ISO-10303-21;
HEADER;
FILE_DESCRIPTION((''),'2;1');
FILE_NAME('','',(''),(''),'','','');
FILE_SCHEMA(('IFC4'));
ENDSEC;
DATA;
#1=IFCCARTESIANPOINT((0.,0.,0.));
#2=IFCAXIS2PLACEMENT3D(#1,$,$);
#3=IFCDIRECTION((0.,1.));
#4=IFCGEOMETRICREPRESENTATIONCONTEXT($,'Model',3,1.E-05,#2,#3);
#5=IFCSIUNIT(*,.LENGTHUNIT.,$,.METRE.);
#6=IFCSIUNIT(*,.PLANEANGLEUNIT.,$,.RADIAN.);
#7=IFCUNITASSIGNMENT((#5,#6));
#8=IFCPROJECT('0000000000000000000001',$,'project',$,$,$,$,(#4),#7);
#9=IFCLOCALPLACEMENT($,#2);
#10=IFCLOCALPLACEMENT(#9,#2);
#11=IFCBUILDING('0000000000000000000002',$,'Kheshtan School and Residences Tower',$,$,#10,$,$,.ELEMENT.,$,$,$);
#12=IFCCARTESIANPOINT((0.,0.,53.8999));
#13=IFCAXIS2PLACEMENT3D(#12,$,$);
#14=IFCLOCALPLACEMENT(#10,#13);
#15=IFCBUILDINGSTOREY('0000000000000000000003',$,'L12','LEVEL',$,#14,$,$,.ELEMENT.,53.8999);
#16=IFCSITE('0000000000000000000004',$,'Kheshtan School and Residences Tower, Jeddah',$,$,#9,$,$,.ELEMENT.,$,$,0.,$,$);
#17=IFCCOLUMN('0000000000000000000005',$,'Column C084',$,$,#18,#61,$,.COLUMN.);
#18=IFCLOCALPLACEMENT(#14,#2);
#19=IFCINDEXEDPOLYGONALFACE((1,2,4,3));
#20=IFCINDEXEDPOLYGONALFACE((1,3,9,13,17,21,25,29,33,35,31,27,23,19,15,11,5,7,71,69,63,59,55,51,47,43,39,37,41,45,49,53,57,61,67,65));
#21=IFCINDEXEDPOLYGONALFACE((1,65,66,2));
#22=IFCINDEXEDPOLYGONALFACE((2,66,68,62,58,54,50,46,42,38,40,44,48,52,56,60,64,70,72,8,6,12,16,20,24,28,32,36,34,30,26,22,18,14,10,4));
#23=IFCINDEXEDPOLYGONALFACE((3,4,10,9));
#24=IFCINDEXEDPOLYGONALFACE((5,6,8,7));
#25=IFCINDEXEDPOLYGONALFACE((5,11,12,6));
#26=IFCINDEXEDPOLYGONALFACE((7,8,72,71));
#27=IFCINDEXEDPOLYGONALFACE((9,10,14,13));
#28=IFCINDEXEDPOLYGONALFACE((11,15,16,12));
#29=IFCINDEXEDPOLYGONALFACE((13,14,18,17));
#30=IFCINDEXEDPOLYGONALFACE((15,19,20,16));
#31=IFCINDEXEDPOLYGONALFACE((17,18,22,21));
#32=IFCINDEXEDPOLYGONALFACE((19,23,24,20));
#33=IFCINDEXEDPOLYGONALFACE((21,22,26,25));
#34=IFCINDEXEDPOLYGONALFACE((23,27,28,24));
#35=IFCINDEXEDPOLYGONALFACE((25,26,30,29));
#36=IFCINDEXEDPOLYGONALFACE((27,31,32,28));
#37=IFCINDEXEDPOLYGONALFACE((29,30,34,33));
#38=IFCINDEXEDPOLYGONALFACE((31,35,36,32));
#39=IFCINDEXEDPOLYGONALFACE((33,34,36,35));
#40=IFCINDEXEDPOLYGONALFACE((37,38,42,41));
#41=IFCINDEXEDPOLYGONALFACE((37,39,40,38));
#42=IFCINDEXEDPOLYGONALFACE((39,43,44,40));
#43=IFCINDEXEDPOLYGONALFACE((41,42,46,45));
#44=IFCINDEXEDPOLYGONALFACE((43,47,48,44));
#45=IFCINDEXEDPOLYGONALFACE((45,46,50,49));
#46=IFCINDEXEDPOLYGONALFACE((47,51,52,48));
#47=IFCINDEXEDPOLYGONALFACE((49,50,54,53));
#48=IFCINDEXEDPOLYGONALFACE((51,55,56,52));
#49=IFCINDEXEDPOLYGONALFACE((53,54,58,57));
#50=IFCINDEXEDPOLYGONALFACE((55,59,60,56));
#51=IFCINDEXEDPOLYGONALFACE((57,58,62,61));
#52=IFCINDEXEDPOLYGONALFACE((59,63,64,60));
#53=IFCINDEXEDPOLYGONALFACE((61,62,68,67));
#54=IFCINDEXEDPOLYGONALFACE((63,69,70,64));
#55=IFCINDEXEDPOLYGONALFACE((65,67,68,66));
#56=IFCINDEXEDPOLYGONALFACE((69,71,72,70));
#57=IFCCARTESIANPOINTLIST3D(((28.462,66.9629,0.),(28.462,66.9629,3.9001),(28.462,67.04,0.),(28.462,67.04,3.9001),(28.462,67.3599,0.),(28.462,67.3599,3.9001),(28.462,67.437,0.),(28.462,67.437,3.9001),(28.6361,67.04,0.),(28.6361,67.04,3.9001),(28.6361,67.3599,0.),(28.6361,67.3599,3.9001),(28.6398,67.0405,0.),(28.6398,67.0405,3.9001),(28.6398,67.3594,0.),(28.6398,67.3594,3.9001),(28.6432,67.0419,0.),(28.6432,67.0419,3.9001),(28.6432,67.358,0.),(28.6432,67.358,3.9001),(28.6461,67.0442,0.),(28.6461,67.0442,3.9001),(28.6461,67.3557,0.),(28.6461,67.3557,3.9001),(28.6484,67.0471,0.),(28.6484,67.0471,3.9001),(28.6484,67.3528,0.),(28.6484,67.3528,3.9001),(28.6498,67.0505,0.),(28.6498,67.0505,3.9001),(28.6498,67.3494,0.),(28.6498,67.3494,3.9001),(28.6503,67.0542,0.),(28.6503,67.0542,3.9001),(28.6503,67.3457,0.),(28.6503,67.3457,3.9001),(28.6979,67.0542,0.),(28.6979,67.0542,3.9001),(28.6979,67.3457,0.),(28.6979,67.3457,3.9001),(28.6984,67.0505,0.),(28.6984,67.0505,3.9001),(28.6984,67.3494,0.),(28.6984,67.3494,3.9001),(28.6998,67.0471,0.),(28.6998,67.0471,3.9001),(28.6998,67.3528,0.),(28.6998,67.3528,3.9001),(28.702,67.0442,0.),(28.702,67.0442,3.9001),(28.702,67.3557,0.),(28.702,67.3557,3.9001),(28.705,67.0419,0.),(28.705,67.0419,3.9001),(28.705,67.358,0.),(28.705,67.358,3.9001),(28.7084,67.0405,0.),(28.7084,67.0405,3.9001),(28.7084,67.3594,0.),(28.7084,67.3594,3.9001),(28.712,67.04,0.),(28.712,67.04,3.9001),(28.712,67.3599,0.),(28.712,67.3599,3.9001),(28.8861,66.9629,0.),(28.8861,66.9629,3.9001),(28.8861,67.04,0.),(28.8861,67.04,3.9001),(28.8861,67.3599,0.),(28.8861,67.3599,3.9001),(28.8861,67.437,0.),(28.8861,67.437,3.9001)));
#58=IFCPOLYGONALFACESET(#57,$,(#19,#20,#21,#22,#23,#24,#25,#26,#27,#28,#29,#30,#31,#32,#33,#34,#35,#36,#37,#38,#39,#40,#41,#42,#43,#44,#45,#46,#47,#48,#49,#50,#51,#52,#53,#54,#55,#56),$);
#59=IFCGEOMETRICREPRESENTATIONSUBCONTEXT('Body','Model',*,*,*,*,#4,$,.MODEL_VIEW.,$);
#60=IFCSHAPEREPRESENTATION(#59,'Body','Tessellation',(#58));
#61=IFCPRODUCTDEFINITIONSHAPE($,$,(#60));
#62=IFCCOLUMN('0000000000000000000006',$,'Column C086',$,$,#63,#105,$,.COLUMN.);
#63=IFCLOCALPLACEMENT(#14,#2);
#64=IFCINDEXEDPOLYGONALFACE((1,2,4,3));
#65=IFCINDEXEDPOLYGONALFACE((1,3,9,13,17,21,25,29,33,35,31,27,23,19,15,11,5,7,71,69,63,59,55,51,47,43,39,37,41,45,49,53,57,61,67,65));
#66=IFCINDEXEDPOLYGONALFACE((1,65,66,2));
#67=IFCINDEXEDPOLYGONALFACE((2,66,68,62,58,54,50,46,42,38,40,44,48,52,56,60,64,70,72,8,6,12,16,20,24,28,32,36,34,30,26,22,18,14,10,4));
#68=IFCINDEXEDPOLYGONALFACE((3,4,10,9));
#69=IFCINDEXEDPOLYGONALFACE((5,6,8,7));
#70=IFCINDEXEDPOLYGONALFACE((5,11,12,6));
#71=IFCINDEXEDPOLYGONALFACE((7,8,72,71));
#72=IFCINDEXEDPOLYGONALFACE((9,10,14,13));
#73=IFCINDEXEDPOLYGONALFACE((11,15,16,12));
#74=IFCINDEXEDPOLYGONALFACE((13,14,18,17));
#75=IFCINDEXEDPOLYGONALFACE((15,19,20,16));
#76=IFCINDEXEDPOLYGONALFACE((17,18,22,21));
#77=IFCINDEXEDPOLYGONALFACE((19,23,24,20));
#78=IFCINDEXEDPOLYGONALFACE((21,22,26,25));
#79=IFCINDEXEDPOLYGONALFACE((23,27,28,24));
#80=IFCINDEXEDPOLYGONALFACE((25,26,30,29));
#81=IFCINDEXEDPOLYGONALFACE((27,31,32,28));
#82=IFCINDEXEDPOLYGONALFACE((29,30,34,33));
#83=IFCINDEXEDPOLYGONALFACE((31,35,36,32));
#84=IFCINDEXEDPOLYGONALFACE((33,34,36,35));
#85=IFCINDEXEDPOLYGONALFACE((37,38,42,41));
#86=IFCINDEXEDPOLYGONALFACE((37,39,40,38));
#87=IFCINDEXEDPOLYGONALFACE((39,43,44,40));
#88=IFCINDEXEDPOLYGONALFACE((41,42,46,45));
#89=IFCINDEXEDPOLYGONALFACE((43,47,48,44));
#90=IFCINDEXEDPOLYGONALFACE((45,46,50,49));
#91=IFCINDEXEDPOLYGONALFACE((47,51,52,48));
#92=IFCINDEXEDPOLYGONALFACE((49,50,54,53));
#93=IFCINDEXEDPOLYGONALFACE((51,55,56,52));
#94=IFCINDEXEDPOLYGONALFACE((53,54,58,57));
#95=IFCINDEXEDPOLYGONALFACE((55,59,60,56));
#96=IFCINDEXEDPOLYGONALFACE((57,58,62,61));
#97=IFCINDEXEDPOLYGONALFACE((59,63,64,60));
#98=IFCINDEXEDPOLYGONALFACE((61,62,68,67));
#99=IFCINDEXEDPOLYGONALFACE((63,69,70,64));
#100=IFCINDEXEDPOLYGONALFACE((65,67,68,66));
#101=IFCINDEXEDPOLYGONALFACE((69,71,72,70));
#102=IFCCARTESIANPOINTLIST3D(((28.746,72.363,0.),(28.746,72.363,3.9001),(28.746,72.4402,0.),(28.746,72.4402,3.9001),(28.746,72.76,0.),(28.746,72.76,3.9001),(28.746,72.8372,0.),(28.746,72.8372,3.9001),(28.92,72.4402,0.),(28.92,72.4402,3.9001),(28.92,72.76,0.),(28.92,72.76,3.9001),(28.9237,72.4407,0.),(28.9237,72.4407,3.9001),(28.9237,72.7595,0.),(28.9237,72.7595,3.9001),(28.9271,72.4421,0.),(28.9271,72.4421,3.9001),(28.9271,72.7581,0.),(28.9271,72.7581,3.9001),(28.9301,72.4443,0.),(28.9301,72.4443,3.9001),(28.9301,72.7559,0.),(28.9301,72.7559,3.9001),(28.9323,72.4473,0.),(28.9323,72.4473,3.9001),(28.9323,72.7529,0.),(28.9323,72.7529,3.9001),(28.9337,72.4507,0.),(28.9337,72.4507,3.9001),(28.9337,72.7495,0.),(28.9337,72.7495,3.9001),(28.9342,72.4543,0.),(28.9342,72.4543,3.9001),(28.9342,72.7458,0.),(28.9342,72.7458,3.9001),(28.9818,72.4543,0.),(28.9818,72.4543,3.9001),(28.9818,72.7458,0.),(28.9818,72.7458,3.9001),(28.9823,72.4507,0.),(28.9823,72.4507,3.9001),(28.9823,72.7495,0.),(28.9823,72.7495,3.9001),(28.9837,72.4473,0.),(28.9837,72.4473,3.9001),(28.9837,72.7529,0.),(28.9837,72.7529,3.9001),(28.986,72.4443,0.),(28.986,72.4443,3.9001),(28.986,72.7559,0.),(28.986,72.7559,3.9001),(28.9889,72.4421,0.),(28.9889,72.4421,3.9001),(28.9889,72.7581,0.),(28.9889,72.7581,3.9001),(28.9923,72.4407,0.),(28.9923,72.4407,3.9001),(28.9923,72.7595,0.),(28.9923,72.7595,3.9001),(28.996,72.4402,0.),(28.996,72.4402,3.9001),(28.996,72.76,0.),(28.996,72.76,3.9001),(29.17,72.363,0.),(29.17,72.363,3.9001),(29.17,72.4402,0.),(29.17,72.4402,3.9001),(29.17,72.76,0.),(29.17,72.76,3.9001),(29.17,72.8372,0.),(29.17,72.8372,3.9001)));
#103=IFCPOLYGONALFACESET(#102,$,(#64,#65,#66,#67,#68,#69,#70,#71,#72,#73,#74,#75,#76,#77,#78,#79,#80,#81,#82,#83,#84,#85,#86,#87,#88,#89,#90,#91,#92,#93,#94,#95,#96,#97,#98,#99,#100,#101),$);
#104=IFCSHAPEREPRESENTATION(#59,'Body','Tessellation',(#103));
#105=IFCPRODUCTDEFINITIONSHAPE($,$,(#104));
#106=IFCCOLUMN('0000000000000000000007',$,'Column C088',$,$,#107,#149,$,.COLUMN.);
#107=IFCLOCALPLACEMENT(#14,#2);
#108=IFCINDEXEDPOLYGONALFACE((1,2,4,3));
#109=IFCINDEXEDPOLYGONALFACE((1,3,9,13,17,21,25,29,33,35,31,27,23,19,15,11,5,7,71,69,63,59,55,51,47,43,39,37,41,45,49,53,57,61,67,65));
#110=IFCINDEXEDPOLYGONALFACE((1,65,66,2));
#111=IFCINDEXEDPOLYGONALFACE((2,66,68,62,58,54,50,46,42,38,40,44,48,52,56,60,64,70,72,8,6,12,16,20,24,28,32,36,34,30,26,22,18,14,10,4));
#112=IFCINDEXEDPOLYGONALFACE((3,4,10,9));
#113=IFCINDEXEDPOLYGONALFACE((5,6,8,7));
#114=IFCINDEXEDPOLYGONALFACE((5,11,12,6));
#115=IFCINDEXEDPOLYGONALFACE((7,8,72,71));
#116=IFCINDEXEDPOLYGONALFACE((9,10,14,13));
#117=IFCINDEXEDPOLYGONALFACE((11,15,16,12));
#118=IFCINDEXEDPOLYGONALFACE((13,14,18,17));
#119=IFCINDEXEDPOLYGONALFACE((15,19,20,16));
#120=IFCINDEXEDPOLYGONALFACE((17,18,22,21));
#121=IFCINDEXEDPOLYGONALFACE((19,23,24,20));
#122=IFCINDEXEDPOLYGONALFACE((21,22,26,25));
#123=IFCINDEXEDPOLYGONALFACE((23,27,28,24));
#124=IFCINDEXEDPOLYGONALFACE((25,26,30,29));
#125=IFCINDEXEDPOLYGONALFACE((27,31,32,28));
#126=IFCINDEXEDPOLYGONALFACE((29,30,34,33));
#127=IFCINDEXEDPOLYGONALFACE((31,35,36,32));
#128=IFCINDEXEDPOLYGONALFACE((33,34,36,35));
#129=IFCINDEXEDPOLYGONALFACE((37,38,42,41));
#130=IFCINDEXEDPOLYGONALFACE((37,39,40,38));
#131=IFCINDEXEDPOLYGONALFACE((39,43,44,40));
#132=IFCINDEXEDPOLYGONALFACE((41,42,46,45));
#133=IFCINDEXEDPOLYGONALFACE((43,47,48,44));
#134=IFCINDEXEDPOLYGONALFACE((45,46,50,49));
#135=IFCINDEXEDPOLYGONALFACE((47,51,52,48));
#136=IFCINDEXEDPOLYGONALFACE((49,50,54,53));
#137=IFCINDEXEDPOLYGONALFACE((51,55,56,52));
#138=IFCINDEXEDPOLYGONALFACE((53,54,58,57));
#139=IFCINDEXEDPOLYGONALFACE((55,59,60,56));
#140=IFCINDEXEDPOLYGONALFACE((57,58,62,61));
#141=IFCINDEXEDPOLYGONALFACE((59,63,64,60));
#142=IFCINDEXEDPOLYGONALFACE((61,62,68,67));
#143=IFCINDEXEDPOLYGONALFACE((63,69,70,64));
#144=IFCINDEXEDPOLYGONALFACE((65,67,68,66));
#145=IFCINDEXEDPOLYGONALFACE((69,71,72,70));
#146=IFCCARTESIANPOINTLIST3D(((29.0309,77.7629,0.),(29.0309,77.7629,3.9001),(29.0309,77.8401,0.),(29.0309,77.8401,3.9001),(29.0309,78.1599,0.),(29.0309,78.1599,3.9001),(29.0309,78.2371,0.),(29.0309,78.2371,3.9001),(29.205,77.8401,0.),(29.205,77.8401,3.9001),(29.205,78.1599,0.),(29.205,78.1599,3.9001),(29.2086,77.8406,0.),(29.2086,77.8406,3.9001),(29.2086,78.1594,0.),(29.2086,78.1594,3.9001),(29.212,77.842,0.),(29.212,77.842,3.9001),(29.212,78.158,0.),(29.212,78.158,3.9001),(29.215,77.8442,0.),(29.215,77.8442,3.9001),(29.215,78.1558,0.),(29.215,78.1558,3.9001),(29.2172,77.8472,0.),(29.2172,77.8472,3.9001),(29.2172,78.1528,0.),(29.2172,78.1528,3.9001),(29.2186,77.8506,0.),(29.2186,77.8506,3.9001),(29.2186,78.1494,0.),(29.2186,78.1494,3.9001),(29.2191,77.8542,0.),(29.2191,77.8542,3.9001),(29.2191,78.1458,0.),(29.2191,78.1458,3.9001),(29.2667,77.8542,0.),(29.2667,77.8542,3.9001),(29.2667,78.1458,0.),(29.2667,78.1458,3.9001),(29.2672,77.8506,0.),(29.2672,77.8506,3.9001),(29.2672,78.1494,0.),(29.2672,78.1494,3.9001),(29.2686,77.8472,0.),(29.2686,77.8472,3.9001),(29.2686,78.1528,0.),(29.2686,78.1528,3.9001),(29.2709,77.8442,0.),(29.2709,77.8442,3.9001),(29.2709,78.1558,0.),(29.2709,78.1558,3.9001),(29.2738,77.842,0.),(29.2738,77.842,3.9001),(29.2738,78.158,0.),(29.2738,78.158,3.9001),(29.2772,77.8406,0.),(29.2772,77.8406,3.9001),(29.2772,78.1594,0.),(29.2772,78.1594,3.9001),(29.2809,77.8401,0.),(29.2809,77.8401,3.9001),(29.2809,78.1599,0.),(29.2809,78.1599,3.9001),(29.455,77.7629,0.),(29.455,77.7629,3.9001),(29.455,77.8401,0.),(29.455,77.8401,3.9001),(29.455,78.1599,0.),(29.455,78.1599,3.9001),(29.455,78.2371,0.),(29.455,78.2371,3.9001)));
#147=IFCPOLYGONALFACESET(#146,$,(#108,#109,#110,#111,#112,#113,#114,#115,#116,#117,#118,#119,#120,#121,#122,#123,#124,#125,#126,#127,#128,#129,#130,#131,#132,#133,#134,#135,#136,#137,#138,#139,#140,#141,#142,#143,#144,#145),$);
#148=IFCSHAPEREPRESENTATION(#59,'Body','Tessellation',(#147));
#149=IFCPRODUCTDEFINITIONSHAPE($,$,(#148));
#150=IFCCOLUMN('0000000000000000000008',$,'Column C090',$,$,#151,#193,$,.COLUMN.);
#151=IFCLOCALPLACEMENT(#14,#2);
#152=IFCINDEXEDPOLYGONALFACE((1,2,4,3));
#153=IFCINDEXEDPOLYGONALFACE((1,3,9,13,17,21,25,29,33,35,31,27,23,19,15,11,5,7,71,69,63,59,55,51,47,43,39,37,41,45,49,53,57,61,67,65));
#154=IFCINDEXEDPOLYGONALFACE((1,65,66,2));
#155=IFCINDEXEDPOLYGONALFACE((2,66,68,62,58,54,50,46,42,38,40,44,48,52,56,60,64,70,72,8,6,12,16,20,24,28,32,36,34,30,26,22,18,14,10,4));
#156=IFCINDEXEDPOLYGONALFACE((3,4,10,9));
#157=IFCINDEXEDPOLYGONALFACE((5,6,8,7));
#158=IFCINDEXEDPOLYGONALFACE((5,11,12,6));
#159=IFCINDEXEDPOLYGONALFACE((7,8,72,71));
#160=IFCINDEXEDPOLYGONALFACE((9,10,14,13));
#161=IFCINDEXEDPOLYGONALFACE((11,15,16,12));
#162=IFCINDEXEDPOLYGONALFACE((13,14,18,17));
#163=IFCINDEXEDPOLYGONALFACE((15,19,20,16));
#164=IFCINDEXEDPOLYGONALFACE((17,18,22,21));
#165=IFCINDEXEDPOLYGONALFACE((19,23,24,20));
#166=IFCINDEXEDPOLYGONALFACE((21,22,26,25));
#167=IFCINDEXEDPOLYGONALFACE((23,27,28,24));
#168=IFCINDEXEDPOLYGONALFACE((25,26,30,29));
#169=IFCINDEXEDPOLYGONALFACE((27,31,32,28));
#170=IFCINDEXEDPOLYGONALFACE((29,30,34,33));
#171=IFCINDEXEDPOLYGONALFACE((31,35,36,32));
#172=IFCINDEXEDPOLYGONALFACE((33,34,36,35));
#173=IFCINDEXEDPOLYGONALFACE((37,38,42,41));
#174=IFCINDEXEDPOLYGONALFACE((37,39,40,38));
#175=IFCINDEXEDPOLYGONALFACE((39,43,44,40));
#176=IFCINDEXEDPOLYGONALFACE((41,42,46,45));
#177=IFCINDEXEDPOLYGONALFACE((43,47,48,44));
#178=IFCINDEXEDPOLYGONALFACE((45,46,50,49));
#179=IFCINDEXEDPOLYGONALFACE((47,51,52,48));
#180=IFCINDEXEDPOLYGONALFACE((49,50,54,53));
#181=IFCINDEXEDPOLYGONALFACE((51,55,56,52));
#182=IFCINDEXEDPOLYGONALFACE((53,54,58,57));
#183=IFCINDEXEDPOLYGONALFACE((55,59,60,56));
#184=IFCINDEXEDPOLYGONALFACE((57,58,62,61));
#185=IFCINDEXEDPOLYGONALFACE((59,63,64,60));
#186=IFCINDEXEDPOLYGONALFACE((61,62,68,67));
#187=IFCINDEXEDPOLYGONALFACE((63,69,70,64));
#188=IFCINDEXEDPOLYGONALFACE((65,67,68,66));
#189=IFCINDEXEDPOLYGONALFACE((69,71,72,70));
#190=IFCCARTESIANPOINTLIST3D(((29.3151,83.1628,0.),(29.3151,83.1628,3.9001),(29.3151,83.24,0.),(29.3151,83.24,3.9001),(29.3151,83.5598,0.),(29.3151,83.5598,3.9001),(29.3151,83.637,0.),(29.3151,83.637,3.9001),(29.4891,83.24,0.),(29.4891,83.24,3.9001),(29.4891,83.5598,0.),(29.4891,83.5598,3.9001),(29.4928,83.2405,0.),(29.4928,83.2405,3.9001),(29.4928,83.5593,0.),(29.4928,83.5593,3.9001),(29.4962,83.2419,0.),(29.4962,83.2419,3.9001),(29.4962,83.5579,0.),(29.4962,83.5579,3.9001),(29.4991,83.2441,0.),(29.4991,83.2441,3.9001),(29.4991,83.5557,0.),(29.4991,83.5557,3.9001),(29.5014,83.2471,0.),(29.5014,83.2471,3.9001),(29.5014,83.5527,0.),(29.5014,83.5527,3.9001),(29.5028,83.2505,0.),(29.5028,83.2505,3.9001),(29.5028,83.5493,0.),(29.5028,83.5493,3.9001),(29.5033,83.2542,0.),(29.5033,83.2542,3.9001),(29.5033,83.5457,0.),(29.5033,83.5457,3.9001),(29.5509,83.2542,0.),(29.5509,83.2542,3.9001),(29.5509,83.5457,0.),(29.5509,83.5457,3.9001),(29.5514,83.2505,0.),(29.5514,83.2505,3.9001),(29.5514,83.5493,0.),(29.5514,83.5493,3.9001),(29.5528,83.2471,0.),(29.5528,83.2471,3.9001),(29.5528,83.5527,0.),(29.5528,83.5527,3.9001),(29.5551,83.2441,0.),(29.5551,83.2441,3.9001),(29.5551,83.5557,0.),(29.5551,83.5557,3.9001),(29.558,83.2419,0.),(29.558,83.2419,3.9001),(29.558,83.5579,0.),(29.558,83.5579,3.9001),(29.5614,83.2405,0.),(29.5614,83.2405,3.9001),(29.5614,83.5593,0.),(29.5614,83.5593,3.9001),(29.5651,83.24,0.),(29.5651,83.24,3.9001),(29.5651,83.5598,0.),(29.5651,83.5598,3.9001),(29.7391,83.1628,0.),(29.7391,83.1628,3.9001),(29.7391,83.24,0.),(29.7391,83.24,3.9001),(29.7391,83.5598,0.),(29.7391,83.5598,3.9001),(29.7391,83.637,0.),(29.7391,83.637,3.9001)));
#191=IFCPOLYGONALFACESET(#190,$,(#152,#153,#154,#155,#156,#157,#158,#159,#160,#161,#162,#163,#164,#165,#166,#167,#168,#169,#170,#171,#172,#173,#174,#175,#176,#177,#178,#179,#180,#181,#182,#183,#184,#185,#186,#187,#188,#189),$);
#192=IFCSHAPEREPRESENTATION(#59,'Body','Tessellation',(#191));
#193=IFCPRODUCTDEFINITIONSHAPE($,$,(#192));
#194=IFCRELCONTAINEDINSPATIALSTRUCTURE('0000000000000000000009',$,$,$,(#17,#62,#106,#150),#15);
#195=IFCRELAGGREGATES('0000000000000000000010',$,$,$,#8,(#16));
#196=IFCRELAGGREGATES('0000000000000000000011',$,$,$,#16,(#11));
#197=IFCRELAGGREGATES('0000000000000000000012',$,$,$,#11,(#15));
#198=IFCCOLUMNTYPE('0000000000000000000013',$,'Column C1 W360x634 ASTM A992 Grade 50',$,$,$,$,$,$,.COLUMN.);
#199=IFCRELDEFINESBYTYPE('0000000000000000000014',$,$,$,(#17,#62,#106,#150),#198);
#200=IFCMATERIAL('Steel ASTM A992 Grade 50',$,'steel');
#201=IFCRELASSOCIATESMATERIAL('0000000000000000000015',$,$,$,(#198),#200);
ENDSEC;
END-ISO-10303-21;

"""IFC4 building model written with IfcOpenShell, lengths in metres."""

from ifc_helpers import new_model, si_unit, direction, frame, origin, origin_2d, place, context, subcontext, project, spatial, i_section, extrude, material, material_profile, profile_set, type_object, element, save


model = new_model("IFC4")

# Units and contexts
model_context = context("Model", 3, precision=1e-05, world=origin(), true_north=direction((0.0, 1.0)))
body_context = subcontext(model_context, "Body", "Model", "MODEL_VIEW")
ifc_project = project(units=[si_unit("LENGTHUNIT", "METRE"), si_unit("PLANEANGLEUNIT", "RADIAN")], contexts=[model_context])

# Site, building, storey
site_placement = place(None, origin())
site = spatial("IfcSite", under=ifc_project, at=site_placement, Name="Kheshtan School and Residences Tower, Jeddah", CompositionType="ELEMENT", RefElevation=0.0)
building_placement = place(site_placement, origin())
building = spatial("IfcBuilding", under=site, at=building_placement, Name="Kheshtan School and Residences Tower", CompositionType="ELEMENT")
storey_placement = place(building_placement, frame((0.0, 0.0, 53.8999)))
storey = spatial("IfcBuildingStorey", under=building, at=storey_placement, Name="L12", Description="LEVEL", CompositionType="ELEMENT", Elevation=53.8999)

# Columns
ifc_material_1 = material(Name="Steel ASTM A992 Grade 50", Category="steel")
ifc_material_profile_1 = material_profile(ifc_material_1, i_section(OverallWidth=0.4241, OverallDepth=0.4741, WebThickness=0.0476, FlangeThickness=0.0771, FilletRadius=0.0142, at=origin_2d()), Name="W360x634")
ifc_profile_set_1 = profile_set([ifc_material_profile_1], Name="Steel ASTM A992 Grade 50")
column_type = type_object("IfcColumnType", Name="Column C1 W360x634 ASTM A992 Grade 50", PredefinedType="COLUMN", material=ifc_profile_set_1)
for number, where, z_axis, x_axis, name in (
    (1, (28.6741, 67.2, 0.0), (0.0, 0.0, 1.0), (1.0, 0.0, 0.0), "Column C084"),
    (2, (28.958, 72.6001, 0.0), (0.0, 0.0, 1.0), (1.0, 0.0, 0.0), "Column C086"),
    (3, (29.2429, 78.0, 0.0), (0.0, 0.0, 1.0), (1.0, 0.0, 0.0), "Column C088"),
    (4, (29.5271, 83.3999, 0.0), (0.0, 0.0, 1.0), (1.0, 0.0, 0.0), "Column C090"),
):
    element("IfcColumn", number, at=place(storey_placement, frame(where, z_axis=z_axis, x_axis=x_axis)), inside=storey, type_object=column_type, Name=name, PredefinedType="COLUMN", context=body_context, shape_type="SweptSolid", body=[
        extrude(i_section(OverallWidth=0.4241, OverallDepth=0.4741, WebThickness=0.0476, FlangeThickness=0.0771, FilletRadius=0.0142, at=origin_2d()), origin(), (0.0, 0.0, 1.0), 3.9001),
    ])

save(model, "model.ifc")
